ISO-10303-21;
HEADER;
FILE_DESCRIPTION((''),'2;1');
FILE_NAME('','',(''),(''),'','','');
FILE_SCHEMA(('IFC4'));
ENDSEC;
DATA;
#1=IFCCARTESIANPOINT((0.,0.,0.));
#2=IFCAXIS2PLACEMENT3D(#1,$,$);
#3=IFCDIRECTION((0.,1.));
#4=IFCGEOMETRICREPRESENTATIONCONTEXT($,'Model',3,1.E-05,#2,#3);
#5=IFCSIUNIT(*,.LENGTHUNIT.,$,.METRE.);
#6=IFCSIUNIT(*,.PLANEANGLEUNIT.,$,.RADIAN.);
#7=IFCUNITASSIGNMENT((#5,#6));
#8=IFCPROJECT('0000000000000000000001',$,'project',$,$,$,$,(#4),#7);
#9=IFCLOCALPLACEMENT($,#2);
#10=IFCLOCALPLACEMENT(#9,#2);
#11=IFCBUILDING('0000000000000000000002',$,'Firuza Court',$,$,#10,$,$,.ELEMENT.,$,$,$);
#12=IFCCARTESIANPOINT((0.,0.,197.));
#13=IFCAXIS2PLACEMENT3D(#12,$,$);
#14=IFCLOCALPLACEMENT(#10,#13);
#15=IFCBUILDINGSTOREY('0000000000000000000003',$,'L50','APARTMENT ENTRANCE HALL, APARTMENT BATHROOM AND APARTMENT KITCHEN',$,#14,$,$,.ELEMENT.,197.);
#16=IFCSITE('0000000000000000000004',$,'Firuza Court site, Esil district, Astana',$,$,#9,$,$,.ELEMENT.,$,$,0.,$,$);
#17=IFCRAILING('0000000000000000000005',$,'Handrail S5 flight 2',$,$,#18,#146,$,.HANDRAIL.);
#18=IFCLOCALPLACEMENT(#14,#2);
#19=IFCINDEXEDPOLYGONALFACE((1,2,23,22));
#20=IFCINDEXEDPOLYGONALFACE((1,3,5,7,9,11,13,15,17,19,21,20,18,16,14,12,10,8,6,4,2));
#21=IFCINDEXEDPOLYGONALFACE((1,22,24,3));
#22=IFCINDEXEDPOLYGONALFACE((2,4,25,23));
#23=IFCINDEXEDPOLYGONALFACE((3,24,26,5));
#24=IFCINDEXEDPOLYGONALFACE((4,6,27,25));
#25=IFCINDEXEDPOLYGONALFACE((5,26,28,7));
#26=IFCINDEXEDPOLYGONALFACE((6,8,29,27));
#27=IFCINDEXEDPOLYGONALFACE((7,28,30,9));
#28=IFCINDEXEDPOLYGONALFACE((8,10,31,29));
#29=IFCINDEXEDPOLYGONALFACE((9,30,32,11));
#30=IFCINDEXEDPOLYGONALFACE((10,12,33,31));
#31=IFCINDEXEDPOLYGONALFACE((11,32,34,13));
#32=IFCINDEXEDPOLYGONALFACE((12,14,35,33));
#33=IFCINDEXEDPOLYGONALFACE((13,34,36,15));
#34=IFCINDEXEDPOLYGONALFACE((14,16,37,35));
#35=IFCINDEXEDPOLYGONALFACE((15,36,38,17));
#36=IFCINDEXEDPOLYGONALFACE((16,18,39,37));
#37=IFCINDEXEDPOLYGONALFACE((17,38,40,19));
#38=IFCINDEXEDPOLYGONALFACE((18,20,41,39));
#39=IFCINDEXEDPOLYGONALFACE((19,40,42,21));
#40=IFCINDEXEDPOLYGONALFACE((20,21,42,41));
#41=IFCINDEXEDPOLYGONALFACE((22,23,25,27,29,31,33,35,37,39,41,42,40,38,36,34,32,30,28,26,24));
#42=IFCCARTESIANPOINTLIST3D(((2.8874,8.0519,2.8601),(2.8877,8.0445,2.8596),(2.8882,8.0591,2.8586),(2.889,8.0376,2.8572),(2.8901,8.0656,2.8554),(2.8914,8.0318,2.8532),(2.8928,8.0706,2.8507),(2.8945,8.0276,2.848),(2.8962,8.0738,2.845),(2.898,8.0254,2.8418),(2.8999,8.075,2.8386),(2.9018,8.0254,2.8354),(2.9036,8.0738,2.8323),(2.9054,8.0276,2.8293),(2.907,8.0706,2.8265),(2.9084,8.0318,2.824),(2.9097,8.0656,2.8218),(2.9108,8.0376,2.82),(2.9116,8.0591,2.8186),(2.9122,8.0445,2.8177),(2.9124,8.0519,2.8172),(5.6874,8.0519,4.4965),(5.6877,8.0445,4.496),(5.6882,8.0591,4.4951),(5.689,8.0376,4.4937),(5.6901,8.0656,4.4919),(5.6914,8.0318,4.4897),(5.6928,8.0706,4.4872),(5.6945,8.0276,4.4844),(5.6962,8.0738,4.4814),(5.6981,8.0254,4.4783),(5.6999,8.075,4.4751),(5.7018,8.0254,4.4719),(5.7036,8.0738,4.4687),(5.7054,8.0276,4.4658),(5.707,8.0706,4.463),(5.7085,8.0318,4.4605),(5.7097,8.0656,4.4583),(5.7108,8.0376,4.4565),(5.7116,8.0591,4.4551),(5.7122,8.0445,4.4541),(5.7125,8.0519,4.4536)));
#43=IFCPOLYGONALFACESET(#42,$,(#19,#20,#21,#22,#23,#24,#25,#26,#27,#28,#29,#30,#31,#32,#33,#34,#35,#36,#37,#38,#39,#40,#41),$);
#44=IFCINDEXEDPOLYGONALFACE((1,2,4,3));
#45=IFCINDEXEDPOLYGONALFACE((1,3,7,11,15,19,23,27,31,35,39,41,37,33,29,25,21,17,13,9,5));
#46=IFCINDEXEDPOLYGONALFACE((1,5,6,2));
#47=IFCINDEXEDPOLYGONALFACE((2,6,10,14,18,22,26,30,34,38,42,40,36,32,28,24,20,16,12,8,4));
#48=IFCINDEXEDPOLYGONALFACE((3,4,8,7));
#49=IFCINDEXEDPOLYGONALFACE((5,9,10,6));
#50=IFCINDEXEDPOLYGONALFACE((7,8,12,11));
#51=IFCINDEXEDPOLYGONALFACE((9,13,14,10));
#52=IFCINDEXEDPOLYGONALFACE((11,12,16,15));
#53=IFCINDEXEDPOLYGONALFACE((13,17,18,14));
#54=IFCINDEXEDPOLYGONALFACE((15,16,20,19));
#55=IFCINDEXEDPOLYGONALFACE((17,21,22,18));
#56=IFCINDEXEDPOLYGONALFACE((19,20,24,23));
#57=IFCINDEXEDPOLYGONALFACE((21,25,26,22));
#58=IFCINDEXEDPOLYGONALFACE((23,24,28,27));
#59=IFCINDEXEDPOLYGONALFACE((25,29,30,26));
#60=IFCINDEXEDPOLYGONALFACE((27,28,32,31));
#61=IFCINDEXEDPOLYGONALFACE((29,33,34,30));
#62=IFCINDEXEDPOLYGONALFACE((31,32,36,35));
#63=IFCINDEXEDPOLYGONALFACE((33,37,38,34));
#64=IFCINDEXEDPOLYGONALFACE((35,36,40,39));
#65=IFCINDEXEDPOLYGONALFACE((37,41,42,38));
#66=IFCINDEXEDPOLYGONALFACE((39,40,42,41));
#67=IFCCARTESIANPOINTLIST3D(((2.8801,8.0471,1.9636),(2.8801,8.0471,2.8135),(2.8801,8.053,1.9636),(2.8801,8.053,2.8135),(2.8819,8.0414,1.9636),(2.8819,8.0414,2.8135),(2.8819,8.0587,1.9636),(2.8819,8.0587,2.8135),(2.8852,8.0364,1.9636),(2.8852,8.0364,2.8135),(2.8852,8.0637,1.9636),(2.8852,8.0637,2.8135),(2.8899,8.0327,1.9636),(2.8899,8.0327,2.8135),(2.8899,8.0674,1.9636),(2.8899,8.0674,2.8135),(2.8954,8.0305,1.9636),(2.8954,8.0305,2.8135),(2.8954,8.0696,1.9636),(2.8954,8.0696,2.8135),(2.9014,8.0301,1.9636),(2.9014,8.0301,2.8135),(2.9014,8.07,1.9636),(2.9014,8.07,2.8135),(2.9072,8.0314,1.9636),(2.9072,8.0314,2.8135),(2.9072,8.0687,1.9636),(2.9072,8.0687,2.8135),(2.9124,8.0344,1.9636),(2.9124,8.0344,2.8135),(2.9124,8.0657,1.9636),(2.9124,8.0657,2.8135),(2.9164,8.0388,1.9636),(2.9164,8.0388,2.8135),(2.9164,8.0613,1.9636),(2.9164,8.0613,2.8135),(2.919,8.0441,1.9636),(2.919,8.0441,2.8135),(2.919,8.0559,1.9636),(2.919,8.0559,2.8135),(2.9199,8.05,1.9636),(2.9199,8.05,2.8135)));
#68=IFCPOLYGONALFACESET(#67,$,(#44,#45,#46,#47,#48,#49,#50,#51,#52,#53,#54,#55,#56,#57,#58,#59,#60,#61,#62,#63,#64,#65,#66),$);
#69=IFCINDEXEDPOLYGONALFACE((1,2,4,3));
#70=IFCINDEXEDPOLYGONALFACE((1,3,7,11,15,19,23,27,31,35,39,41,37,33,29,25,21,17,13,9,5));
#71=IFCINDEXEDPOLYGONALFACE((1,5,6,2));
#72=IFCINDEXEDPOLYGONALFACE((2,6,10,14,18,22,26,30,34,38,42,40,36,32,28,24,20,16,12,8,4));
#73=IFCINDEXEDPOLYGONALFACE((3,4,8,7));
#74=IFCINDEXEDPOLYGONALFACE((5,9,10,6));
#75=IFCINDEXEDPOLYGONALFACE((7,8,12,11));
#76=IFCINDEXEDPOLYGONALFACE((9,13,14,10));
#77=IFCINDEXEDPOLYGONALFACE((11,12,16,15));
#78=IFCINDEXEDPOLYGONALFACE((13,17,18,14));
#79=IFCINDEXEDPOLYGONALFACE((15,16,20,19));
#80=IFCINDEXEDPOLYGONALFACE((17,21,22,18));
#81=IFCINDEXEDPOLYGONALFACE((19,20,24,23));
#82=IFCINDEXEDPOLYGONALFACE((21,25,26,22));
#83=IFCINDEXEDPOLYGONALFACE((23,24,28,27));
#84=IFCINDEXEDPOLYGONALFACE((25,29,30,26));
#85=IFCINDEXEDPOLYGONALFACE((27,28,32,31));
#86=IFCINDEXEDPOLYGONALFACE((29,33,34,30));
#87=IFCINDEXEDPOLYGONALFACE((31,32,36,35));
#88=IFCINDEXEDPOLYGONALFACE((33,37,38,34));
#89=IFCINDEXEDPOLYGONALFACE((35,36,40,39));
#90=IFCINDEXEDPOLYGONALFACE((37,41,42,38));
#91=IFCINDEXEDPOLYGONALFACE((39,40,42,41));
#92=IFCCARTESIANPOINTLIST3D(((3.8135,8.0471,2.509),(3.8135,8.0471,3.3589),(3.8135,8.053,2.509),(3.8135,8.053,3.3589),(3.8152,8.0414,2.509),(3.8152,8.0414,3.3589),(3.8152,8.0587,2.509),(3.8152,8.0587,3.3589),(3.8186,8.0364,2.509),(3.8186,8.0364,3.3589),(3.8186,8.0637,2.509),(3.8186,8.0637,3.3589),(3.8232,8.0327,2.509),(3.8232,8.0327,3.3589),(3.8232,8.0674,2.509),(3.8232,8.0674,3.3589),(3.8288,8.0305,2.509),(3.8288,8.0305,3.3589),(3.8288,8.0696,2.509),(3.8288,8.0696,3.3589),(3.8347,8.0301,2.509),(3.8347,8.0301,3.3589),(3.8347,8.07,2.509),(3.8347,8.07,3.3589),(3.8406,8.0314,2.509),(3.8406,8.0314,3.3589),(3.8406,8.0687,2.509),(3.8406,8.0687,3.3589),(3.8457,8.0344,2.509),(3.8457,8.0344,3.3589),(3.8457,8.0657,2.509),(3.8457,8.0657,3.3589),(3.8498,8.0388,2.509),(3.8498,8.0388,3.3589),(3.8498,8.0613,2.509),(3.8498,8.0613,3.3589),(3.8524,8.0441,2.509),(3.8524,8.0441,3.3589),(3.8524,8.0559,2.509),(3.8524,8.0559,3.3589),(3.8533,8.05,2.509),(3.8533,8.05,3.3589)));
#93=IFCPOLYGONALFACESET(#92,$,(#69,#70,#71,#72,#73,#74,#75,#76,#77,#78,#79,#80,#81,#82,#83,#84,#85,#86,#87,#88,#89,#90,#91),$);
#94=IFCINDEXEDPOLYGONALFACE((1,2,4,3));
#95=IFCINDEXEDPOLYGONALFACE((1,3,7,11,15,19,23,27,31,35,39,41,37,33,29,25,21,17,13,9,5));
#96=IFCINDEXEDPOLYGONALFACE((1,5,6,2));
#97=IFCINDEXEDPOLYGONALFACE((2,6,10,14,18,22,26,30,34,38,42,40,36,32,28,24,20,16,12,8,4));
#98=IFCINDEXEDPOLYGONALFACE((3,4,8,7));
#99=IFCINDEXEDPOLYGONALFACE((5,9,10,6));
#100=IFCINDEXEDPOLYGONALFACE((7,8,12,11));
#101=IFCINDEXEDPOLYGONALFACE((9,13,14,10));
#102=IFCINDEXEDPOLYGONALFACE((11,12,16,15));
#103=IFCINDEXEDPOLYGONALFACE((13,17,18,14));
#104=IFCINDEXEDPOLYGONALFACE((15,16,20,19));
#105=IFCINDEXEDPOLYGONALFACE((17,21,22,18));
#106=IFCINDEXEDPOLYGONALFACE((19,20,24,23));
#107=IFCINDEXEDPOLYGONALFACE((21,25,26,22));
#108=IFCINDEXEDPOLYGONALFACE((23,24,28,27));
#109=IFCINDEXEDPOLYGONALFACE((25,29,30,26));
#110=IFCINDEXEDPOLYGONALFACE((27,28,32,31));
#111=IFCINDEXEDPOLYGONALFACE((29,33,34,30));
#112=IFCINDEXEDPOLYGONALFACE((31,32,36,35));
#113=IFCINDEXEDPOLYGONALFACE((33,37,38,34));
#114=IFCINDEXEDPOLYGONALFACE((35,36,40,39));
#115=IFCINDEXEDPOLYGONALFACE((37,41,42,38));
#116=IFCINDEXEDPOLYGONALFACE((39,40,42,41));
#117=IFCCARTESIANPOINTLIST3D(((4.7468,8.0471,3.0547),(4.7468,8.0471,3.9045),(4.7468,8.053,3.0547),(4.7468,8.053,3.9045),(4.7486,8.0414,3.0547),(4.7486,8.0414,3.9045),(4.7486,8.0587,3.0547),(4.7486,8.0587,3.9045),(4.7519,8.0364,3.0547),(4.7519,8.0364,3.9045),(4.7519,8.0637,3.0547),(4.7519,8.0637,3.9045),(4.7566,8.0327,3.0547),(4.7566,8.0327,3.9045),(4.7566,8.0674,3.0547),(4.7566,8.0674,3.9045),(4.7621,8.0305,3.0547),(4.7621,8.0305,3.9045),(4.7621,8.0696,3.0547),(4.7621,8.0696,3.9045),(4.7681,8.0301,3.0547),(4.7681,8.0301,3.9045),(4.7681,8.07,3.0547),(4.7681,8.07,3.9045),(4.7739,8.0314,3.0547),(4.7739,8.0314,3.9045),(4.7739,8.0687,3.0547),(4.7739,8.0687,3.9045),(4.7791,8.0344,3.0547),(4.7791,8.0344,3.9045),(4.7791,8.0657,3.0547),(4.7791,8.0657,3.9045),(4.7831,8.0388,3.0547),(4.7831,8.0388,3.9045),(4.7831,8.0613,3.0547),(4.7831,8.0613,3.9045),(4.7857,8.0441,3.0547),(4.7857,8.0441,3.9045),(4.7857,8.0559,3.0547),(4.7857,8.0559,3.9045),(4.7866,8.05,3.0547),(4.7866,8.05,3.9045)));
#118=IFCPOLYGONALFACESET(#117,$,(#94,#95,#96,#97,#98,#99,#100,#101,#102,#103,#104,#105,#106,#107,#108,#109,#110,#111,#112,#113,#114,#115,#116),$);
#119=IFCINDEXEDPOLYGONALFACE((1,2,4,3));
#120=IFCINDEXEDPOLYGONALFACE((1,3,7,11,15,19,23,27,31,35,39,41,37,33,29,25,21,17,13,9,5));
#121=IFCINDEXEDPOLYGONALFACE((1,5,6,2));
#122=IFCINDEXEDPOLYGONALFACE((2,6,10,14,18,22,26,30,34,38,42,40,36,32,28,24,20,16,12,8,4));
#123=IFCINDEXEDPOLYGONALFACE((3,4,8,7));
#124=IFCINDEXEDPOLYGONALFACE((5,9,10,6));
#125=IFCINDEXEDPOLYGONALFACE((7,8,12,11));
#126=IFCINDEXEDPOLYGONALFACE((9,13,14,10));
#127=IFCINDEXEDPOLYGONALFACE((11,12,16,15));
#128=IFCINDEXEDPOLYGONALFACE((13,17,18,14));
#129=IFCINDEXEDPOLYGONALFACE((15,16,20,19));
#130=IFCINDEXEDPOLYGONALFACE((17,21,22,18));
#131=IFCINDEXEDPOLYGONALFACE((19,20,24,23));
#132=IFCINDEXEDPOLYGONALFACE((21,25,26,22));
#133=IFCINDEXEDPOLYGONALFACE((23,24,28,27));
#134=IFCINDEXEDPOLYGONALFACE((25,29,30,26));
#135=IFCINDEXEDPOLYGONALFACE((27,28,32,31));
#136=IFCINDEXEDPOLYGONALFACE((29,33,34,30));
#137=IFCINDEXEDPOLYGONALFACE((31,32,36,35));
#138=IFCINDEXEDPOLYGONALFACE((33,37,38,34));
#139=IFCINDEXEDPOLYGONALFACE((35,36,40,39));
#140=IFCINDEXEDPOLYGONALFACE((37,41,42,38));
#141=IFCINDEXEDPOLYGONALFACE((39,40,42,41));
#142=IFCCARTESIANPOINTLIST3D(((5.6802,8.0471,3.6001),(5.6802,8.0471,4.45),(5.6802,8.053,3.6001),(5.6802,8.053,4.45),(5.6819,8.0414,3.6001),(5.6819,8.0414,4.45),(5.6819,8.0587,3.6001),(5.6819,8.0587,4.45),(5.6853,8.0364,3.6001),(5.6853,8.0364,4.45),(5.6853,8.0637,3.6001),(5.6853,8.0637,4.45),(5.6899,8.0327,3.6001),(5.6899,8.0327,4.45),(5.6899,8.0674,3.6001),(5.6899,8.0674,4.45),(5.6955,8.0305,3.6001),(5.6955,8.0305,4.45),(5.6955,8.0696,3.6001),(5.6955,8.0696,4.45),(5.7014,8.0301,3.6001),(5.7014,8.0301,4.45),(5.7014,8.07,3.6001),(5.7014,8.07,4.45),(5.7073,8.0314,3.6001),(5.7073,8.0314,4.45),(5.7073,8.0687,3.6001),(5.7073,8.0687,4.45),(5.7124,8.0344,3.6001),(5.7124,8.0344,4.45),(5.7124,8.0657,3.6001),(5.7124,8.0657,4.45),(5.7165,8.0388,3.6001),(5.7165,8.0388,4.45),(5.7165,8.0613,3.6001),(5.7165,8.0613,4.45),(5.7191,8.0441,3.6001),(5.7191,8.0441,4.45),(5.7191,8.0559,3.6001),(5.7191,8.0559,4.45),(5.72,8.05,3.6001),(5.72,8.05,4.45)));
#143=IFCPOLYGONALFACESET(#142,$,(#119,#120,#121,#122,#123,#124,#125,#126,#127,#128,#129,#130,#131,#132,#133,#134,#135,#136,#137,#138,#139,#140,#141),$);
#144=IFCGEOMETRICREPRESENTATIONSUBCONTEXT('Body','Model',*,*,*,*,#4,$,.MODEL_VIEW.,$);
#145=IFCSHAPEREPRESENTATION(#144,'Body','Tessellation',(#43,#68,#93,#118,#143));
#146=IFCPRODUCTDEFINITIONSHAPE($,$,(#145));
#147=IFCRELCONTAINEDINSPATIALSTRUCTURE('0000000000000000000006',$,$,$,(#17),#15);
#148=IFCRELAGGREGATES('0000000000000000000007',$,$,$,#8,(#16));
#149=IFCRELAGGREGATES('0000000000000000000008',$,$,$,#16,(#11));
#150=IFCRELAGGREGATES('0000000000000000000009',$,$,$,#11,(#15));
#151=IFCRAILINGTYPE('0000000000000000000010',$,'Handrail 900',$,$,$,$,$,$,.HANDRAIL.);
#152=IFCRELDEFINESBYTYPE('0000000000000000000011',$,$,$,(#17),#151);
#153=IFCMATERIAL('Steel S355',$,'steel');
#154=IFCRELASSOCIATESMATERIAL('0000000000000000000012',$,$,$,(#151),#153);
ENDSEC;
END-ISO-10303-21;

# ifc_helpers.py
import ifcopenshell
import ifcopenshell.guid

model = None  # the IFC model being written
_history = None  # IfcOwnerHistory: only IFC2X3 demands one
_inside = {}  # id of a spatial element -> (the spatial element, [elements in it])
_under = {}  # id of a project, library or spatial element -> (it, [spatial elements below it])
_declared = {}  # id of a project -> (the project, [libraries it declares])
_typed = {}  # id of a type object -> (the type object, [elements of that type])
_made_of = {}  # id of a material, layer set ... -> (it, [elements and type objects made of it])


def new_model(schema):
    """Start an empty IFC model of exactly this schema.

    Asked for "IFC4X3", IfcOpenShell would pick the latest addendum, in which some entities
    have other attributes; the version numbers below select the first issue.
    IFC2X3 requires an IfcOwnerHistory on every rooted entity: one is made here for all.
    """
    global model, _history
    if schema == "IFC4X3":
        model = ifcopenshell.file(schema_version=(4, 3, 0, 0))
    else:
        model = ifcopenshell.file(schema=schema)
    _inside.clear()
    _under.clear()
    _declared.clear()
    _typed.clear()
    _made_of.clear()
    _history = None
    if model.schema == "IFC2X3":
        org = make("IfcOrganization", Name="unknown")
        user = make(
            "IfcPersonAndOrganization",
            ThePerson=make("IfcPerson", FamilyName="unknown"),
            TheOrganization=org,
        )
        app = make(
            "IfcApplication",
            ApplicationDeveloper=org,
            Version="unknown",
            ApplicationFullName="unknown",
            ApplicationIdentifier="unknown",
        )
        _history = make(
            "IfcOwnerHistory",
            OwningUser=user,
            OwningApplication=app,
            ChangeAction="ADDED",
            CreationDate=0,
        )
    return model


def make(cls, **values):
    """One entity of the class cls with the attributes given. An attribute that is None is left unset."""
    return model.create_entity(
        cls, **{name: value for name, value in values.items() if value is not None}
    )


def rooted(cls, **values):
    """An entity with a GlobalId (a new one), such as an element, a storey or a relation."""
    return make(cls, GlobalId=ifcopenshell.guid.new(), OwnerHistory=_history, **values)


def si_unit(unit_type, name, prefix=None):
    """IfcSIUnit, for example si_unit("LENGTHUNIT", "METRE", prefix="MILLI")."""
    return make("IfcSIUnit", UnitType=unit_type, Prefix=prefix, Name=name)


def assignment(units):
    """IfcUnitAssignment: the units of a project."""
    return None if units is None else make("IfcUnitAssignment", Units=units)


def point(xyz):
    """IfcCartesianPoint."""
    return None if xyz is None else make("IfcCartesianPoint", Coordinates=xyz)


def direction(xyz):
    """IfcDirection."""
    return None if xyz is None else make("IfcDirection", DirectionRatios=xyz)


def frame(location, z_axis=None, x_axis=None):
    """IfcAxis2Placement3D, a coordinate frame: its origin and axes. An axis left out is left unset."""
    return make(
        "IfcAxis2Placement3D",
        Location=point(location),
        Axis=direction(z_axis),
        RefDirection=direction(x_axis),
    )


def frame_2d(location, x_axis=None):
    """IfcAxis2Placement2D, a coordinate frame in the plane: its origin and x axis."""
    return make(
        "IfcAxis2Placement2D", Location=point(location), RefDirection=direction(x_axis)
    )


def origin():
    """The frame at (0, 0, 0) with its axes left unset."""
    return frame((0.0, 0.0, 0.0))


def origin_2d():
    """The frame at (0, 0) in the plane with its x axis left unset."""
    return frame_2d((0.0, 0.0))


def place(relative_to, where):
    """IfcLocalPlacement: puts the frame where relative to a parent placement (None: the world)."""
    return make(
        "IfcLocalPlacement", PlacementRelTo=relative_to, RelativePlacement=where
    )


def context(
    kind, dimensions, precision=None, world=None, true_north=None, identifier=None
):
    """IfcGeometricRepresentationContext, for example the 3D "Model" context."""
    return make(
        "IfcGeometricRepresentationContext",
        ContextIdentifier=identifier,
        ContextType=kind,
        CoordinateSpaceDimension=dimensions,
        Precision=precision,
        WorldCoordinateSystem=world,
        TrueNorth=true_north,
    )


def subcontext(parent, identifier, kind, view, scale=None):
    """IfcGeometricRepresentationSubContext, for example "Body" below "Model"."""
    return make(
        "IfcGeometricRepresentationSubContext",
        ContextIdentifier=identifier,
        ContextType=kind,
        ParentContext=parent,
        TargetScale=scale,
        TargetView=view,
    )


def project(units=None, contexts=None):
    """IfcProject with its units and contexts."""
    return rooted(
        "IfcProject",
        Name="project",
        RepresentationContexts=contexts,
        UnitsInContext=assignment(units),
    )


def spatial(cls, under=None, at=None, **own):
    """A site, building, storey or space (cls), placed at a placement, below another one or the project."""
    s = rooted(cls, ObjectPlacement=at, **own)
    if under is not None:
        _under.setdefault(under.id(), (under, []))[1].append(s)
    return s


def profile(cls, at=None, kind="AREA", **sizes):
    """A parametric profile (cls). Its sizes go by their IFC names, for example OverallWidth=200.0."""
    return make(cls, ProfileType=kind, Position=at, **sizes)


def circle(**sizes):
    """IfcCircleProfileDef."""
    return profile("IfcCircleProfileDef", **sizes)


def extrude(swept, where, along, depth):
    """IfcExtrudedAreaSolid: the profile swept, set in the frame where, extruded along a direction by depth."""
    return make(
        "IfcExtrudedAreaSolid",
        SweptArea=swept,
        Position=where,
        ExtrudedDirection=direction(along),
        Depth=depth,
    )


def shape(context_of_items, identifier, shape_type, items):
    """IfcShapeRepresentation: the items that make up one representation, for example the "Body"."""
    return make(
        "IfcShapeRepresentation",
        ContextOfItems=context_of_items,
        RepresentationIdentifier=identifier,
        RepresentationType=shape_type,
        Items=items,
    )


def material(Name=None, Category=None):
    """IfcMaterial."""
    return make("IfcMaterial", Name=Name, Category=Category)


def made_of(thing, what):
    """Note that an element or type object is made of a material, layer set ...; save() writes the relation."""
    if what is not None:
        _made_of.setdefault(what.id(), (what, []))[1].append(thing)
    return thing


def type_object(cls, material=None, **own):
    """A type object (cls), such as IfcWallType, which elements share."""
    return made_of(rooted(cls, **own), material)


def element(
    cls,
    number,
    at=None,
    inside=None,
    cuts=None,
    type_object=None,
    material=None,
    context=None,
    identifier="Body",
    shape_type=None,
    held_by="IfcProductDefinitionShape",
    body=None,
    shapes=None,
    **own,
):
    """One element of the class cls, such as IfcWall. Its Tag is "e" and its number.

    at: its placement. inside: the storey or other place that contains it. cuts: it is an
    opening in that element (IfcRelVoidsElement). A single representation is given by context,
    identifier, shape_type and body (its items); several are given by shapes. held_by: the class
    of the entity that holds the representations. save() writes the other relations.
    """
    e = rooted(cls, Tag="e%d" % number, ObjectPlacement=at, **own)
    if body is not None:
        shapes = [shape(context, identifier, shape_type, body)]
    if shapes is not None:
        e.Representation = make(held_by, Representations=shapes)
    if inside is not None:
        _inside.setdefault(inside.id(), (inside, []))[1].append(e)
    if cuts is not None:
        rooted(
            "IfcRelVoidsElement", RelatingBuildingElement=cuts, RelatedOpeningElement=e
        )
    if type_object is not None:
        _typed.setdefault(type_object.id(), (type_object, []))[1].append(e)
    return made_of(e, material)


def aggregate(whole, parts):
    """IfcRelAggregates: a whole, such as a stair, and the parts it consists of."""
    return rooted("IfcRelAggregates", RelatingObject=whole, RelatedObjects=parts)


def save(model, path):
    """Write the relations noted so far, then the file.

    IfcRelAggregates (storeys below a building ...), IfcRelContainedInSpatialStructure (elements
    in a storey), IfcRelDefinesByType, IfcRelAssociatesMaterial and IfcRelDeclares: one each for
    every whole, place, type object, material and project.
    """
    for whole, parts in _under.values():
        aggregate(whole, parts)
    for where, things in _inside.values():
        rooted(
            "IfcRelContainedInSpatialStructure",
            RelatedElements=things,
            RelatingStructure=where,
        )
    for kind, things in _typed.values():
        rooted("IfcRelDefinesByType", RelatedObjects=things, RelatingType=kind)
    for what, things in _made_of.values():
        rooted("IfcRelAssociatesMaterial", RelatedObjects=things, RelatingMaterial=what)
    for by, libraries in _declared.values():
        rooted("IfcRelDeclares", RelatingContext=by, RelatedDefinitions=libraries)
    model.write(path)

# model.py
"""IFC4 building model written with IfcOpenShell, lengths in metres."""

from ifc_helpers import new_model, si_unit, direction, frame, origin, origin_2d, place, context, subcontext, project, spatial, circle, extrude, material, type_object, element, save


model = new_model("IFC4")

# Units and contexts
model_context = context("Model", 3, precision=1e-05, world=origin(), true_north=direction((0.0, 1.0)))
body_context = subcontext(model_context, "Body", "Model", "MODEL_VIEW")
ifc_project = project(units=[si_unit("LENGTHUNIT", "METRE"), si_unit("PLANEANGLEUNIT", "RADIAN")], contexts=[model_context])

# Site, building, storey
site_placement = place(None, origin())
site = spatial("IfcSite", under=ifc_project, at=site_placement, Name="Firuza Court site, Esil district, Astana", CompositionType="ELEMENT", RefElevation=0.0)
building_placement = place(site_placement, origin())
building = spatial("IfcBuilding", under=site, at=building_placement, Name="Firuza Court", CompositionType="ELEMENT")
storey_placement = place(building_placement, frame((0.0, 0.0, 197.0)))
storey = spatial("IfcBuildingStorey", under=building, at=storey_placement, Name="L50", Description="APARTMENT ENTRANCE HALL, APARTMENT BATHROOM AND APARTMENT KITCHEN", CompositionType="ELEMENT", Elevation=197.0)

# Railing
ifc_material_1 = material(Name="Steel S355", Category="steel")
railing_type_1 = type_object("IfcRailingType", Name="Handrail 900", PredefinedType="HANDRAIL", material=ifc_material_1)
railing_1_placement = place(storey_placement, frame((2.8999, 8.05, 1.9636)))
element("IfcRailing", 1, at=railing_1_placement, inside=storey, type_object=railing_type_1, Name="Handrail S5 flight 2", PredefinedType="HANDRAIL", context=body_context, shape_type="SweptSolid", body=[
    extrude(circle(Radius=0.0249, at=origin_2d()), frame((0.0, 0.0, 0.875), z_axis=(0.863361, 0.0, 0.504587), x_axis=(0.0, 1.0, 0.0)), (0.0, 0.0, 1.0), 3.2432),
    extrude(circle(Radius=0.02, at=origin_2d()), origin(), (0.0, 0.0, 1.0), 0.8499),
    extrude(circle(Radius=0.02, at=origin_2d()), frame((0.9333, 0.0, 0.5454)), (0.0, 0.0, 1.0), 0.8499),
    extrude(circle(Radius=0.02, at=origin_2d()), frame((1.8667, 0.0, 1.0911)), (0.0, 0.0, 1.0), 0.8499),
    extrude(circle(Radius=0.02, at=origin_2d()), frame((2.8, 0.0, 1.6365)), (0.0, 0.0, 1.0), 0.8499),
])

save(model, "model.ifc")
